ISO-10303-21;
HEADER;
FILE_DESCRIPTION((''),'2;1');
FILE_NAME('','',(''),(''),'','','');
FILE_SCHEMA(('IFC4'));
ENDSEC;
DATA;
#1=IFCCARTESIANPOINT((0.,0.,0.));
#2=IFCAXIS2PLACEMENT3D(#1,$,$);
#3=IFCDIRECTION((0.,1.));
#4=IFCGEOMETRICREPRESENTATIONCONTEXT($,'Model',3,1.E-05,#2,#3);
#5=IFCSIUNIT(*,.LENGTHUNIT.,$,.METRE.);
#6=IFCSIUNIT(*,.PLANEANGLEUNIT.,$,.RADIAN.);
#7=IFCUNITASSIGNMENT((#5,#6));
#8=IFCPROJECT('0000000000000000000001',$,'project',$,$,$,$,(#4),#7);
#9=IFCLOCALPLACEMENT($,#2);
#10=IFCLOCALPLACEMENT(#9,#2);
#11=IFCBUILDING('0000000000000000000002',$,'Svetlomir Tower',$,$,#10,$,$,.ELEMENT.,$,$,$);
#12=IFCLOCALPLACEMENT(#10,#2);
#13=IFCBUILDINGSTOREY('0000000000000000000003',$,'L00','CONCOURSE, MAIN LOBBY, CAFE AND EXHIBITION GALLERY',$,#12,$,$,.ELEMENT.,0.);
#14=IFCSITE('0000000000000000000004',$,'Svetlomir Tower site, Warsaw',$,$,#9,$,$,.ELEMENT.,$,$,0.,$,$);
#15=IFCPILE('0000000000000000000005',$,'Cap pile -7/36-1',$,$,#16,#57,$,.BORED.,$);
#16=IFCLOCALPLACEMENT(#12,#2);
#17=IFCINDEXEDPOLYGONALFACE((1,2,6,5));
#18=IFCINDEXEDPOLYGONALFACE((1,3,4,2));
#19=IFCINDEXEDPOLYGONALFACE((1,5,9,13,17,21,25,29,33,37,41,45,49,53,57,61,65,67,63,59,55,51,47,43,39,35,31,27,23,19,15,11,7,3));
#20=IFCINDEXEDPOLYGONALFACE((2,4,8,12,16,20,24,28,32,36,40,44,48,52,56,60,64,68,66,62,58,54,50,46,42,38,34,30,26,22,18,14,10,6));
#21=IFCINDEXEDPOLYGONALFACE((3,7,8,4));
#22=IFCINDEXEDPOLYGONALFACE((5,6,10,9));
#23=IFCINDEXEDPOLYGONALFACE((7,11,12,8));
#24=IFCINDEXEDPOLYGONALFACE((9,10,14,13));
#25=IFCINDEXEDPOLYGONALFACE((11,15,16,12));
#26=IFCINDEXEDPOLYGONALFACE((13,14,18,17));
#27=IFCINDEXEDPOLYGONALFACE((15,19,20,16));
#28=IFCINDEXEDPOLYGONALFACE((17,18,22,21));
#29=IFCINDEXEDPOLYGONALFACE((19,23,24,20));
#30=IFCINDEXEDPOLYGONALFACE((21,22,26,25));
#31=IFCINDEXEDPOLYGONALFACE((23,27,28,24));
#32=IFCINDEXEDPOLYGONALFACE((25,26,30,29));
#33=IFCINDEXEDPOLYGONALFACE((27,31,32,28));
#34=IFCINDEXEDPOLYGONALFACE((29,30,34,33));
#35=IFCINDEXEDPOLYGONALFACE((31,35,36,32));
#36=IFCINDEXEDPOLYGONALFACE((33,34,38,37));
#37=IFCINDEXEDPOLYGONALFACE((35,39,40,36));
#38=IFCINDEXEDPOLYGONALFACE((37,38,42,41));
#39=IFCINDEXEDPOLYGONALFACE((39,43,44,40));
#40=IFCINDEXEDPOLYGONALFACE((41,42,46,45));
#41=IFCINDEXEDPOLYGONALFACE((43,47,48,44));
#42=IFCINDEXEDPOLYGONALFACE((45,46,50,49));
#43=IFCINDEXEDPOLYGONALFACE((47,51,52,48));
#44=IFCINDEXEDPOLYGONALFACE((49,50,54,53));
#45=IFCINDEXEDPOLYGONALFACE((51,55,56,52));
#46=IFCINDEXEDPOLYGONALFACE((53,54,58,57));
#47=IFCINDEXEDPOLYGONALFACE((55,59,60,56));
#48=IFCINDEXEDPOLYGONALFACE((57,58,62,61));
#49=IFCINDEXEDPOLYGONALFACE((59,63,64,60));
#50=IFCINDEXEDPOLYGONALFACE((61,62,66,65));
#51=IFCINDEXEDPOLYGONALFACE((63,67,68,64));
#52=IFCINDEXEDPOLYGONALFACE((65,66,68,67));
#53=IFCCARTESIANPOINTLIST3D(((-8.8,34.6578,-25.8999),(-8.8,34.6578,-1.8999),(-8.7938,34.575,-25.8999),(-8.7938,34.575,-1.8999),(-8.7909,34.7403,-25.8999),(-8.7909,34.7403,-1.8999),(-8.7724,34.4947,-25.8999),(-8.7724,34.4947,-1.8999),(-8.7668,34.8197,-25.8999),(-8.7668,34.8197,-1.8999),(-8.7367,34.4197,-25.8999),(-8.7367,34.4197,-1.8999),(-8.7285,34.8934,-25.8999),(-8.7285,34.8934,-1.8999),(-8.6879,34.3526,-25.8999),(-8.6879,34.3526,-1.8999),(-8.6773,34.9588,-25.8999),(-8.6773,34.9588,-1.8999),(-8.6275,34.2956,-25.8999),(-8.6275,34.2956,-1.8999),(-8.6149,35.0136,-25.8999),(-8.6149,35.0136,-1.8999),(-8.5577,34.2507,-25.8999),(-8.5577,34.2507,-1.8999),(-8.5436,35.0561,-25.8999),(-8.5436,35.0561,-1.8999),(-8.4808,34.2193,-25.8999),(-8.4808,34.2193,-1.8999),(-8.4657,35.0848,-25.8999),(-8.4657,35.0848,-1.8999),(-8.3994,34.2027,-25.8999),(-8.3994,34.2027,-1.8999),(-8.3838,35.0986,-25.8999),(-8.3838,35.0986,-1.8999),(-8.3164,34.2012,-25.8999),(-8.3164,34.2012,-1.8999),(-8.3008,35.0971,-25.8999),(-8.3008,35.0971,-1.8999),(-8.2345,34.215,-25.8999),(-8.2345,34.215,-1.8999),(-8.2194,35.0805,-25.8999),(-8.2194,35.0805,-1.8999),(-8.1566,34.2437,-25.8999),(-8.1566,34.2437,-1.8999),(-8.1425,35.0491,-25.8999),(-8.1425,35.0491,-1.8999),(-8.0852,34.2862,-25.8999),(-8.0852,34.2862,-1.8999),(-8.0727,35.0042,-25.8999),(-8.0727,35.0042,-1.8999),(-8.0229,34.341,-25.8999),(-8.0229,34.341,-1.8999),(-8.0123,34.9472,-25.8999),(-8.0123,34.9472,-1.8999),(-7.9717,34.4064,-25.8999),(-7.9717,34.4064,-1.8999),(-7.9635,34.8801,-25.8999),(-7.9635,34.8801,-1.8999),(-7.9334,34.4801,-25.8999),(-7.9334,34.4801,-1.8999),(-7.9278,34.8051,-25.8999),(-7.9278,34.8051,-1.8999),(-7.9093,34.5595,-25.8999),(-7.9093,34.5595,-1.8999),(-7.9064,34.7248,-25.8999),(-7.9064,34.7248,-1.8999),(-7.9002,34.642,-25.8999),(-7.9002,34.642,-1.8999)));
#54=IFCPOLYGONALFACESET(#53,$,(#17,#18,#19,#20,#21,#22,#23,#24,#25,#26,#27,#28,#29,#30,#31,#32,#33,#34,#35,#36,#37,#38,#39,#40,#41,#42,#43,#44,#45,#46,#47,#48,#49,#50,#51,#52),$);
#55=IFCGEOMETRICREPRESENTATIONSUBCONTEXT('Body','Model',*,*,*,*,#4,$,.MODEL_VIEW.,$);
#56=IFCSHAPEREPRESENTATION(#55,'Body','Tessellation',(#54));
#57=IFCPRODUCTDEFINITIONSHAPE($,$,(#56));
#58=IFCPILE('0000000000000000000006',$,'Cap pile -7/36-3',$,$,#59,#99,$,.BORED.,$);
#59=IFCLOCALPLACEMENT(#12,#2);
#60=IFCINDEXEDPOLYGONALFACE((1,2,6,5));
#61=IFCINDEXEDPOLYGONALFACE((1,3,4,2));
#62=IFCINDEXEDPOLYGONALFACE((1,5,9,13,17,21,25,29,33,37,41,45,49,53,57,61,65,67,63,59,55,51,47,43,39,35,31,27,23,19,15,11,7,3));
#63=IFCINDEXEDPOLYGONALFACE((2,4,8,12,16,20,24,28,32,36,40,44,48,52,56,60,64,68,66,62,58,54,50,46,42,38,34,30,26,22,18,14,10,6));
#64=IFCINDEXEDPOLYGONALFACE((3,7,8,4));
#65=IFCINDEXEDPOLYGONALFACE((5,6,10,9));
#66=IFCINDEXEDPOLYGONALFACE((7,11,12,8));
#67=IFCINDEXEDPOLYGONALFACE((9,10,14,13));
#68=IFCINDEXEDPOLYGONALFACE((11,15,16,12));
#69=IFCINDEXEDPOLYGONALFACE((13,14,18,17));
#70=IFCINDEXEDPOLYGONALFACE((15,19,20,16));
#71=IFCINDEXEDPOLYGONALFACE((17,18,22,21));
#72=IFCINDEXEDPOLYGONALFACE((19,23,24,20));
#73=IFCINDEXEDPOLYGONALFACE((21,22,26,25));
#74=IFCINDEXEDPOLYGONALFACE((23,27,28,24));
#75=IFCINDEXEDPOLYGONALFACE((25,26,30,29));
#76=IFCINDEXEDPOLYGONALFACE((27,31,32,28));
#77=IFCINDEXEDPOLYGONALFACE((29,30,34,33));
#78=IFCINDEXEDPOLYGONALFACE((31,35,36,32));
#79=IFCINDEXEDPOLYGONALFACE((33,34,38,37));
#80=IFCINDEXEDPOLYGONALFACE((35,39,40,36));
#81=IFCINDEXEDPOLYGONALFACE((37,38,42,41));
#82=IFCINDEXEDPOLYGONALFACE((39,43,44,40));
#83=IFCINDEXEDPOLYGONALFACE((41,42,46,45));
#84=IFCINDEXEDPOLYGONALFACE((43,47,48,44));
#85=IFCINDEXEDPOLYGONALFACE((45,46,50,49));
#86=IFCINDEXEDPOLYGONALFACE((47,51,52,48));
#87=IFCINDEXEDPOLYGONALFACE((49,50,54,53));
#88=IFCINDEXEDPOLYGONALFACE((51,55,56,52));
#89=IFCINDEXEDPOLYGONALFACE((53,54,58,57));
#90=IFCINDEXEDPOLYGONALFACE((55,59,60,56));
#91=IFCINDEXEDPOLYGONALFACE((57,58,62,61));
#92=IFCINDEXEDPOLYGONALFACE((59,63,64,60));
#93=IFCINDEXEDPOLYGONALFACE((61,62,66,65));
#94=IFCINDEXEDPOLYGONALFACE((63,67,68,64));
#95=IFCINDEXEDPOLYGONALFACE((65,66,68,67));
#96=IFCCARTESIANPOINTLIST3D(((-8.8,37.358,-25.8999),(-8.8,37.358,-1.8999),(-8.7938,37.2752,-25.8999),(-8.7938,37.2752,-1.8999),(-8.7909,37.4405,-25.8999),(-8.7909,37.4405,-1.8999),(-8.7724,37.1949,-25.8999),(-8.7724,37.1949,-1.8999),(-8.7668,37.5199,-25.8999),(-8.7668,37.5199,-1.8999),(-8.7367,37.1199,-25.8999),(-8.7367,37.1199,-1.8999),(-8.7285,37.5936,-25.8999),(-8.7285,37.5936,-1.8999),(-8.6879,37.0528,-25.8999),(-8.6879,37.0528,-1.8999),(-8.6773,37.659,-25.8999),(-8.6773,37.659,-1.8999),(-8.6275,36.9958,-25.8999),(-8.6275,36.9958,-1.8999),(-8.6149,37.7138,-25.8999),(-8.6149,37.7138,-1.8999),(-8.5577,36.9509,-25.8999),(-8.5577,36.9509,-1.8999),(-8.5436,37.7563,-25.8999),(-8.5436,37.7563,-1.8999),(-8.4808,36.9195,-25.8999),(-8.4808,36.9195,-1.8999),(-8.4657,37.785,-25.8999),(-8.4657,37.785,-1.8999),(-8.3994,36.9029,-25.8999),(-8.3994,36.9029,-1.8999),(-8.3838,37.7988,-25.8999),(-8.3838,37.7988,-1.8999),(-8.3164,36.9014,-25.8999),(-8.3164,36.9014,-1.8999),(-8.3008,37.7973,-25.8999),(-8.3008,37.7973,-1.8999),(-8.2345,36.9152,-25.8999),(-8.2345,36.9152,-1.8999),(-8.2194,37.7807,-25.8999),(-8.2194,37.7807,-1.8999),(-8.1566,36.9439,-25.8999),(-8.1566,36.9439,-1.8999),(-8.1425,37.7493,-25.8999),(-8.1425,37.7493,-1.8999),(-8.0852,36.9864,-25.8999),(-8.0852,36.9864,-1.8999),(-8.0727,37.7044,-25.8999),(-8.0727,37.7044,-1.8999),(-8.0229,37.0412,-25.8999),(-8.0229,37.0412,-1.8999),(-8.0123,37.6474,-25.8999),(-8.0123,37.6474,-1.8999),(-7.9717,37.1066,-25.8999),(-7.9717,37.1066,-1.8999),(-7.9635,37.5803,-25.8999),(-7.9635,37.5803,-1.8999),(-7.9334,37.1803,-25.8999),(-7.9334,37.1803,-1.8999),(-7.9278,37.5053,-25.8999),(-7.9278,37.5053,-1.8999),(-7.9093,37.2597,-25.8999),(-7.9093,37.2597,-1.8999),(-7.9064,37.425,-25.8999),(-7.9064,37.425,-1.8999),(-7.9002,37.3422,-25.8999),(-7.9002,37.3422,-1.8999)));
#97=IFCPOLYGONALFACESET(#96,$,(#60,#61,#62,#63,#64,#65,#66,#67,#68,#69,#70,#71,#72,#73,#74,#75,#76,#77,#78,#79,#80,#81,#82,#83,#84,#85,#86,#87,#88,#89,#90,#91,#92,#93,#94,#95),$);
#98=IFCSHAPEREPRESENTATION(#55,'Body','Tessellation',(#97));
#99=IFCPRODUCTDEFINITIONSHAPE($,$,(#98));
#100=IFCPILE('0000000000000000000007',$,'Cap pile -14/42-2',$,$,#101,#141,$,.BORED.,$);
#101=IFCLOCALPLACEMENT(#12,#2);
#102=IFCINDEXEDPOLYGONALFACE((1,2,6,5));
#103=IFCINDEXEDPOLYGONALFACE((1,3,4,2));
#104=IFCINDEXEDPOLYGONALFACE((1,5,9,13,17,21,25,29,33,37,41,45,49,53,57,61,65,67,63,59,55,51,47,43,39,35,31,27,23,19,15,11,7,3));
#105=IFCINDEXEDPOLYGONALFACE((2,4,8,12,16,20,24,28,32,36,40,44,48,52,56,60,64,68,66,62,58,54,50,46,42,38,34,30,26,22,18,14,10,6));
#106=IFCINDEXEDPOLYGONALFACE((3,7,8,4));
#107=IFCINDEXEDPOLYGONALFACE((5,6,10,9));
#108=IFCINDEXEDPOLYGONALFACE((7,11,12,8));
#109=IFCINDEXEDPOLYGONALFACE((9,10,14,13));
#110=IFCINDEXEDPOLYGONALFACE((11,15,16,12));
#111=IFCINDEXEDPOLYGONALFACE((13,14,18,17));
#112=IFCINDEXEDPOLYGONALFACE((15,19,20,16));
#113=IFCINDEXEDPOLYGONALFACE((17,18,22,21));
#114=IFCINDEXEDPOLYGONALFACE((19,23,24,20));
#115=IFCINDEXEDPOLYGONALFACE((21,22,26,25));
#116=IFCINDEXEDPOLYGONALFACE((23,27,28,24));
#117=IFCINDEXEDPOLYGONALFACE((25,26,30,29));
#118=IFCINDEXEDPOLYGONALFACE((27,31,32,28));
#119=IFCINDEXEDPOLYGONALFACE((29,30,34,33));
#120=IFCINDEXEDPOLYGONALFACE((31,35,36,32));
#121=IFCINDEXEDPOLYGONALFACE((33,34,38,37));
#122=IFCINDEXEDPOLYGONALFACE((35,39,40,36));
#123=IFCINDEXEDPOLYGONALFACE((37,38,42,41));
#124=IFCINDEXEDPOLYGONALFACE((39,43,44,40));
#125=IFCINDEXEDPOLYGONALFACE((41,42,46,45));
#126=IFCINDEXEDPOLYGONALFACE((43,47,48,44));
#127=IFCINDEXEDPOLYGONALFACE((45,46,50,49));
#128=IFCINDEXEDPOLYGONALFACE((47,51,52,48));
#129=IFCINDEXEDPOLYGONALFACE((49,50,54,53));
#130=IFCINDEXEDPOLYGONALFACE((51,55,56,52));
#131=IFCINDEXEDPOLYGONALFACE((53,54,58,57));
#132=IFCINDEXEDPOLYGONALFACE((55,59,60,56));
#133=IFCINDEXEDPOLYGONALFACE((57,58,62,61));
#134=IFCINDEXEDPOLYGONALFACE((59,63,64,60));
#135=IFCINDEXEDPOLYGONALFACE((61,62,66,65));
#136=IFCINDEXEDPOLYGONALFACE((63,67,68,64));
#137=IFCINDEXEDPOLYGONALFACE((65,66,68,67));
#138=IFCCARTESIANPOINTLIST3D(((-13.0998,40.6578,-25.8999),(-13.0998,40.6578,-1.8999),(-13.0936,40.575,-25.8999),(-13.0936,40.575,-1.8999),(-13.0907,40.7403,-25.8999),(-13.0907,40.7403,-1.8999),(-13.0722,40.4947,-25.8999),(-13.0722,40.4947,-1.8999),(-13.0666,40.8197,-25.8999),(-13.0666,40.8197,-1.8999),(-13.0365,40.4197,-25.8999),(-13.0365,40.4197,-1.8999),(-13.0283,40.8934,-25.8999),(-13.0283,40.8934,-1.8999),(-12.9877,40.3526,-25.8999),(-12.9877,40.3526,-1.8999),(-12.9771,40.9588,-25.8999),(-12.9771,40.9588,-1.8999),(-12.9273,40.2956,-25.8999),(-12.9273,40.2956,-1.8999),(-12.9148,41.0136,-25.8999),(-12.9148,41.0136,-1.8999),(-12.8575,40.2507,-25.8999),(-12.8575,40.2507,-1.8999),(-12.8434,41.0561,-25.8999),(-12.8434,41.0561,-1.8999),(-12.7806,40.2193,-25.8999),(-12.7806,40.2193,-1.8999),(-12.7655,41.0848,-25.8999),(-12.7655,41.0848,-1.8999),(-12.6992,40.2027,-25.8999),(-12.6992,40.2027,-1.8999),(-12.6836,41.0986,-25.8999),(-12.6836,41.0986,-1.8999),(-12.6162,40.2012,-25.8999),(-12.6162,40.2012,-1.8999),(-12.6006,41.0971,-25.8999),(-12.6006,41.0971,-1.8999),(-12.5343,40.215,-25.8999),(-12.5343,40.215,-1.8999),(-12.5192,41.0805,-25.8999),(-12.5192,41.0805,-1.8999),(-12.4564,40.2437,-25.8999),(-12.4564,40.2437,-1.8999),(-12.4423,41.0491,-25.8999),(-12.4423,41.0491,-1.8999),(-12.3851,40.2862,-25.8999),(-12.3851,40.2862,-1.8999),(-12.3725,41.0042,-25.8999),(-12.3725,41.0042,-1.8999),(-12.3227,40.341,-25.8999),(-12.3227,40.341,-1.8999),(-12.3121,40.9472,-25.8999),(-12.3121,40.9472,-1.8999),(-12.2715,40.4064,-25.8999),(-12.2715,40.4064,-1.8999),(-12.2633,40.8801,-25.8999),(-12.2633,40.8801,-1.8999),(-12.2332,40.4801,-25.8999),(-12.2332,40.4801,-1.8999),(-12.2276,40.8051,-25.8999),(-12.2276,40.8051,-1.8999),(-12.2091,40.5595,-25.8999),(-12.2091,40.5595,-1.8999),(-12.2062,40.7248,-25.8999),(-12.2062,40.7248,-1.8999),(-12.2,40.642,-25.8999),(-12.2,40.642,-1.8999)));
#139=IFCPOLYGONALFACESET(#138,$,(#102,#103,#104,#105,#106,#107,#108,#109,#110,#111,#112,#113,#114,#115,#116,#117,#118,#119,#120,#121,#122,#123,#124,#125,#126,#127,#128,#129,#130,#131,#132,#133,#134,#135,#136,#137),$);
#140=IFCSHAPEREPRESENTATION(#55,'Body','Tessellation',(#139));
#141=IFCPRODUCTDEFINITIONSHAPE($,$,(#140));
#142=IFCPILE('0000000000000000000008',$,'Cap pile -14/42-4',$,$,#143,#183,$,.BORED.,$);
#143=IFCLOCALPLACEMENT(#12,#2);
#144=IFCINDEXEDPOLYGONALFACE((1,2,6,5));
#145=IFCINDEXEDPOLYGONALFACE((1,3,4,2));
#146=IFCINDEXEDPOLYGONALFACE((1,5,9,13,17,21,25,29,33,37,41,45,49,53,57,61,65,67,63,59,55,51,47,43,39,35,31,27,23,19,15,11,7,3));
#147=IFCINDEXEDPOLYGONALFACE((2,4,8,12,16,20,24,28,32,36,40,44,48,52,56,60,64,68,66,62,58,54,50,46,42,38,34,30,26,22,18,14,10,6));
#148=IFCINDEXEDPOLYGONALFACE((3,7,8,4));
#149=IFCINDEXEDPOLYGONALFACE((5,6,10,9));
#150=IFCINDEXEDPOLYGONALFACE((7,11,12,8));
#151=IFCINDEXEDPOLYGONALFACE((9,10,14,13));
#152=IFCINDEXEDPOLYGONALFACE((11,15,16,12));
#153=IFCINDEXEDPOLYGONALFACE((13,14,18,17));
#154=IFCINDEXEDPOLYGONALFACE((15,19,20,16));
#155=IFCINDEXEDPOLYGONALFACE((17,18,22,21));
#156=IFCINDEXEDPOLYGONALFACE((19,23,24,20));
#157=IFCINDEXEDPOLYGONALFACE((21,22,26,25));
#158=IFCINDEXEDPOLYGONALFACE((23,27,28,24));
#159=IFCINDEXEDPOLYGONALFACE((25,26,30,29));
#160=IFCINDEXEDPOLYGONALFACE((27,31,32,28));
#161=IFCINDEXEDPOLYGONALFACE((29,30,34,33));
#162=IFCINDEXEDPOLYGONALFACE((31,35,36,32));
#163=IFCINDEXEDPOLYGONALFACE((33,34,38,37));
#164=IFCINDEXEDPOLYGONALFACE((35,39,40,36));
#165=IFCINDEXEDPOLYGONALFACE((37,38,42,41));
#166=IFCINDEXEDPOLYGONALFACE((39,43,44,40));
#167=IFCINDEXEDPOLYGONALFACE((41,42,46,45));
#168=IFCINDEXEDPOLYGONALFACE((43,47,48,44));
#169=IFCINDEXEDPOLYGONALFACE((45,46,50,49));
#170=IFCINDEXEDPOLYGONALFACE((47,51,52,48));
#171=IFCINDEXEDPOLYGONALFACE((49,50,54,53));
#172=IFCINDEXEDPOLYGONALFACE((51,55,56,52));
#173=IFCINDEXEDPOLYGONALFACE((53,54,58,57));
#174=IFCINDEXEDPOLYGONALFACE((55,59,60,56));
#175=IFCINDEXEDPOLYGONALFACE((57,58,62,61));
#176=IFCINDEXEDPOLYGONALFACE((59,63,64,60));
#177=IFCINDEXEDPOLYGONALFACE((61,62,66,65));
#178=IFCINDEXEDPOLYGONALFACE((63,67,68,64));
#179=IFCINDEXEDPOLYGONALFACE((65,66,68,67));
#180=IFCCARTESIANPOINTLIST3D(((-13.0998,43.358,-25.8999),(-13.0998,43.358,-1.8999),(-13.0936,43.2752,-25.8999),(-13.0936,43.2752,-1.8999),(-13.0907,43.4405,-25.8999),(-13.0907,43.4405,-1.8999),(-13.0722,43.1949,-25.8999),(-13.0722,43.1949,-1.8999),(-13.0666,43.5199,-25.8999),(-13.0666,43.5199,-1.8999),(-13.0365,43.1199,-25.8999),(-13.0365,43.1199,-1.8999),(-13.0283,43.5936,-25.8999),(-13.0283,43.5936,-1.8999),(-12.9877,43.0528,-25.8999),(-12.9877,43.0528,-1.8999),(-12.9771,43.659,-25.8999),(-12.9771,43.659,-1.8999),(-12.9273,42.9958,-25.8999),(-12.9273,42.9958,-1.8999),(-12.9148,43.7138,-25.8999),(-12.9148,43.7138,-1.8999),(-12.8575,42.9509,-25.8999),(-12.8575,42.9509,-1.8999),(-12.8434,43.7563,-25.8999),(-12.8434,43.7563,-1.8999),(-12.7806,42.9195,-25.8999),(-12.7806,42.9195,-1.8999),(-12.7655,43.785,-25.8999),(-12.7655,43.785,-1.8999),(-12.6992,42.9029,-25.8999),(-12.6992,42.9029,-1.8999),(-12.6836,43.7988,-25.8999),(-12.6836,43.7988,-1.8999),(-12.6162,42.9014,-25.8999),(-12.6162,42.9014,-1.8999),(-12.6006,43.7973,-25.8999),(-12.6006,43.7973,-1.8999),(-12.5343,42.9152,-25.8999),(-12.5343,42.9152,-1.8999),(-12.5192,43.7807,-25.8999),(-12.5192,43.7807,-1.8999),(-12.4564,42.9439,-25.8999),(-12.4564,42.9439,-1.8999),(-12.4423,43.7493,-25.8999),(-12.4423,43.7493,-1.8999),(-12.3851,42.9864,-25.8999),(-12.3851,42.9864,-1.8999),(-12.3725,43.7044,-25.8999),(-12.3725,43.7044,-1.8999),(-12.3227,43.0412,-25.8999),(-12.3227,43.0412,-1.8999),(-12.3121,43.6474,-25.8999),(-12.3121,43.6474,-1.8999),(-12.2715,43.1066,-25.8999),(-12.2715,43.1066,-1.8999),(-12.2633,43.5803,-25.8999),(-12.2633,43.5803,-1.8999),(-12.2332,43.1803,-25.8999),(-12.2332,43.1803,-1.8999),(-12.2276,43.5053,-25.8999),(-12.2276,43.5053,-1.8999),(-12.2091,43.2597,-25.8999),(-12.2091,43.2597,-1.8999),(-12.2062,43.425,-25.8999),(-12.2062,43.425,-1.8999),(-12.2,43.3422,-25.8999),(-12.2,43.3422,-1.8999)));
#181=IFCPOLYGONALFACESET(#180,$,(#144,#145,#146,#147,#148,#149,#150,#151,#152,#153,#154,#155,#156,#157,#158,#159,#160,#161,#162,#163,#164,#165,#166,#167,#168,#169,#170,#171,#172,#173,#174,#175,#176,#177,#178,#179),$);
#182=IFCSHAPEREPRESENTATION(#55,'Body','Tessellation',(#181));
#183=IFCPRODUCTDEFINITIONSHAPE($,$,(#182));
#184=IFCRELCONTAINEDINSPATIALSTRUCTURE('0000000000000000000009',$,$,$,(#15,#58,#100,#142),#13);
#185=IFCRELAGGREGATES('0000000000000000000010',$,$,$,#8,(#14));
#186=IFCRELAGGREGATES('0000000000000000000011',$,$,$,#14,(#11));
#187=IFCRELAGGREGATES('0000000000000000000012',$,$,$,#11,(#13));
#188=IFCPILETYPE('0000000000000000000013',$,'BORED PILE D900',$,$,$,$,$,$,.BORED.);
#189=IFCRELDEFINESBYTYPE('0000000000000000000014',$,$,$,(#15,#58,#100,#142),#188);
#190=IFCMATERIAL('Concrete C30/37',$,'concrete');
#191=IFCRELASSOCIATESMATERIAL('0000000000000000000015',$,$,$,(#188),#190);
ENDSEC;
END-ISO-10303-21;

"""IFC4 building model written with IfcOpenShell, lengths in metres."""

from ifc_helpers import new_model, si_unit, direction, frame, frame_2d, origin, origin_2d, place, context, subcontext, project, spatial, circle, extrude, material, material_profile, profile_set, type_object, element, save


model = new_model("IFC4")

# Units and contexts
model_context = context("Model", 3, precision=1e-05, world=origin(), true_north=direction((0.0, 1.0)))
body_context = subcontext(model_context, "Body", "Model", "MODEL_VIEW")
ifc_project = project(units=[si_unit("LENGTHUNIT", "METRE"), si_unit("PLANEANGLEUNIT", "RADIAN")], contexts=[model_context])

# Site, building, storey
site_placement = place(None, origin())
site = spatial("IfcSite", under=ifc_project, at=site_placement, Name="Svetlomir Tower site, Warsaw", CompositionType="ELEMENT", RefElevation=0.0)
building_placement = place(site_placement, origin())
building = spatial("IfcBuilding", under=site, at=building_placement, Name="Svetlomir Tower", CompositionType="ELEMENT")
storey_placement = place(building_placement, origin())
storey = spatial("IfcBuildingStorey", under=building, at=storey_placement, Name="L00", Description="CONCOURSE, MAIN LOBBY, CAFE AND EXHIBITION GALLERY", CompositionType="ELEMENT", Elevation=0.0)

# Piles
ifc_material_1 = material(Name="Concrete C30/37", Category="concrete")
ifc_material_profile_1 = material_profile(ifc_material_1, circle(Radius=0.45, at=origin_2d()), Name="RC D900")
ifc_profile_set_1 = profile_set([ifc_material_profile_1], Name="Concrete C30/37")
pile_type = type_object("IfcPileType", Name="BORED PILE D900", PredefinedType="BORED", material=ifc_profile_set_1)
for number, where, z_axis, x_axis, name in (
    (1, (-8.3501, 34.6499, -1.8999), (0.0, 0.0, -1.0), (1.0, 0.0, 0.0), "Cap pile -7/36-1"),
    (2, (-8.3501, 37.3501, -1.8999), (0.0, 0.0, -1.0), (1.0, 0.0, 0.0), "Cap pile -7/36-3"),
    (3, (-12.6499, 40.6499, -1.8999), (0.0, 0.0, -1.0), (1.0, 0.0, 0.0), "Cap pile -14/42-2"),
    (4, (-12.6499, 43.3501, -1.8999), (0.0, 0.0, -1.0), (1.0, 0.0, 0.0), "Cap pile -14/42-4"),
):
    element("IfcPile", number, at=place(storey_placement, frame(where, z_axis=z_axis, x_axis=x_axis)), inside=storey, type_object=pile_type, Name=name, PredefinedType="BORED", context=body_context, shape_type="SweptSolid", body=[
        extrude(circle(Radius=0.45, at=frame_2d((0.0, 0.0), x_axis=(0.999848, 0.017452))), origin(), (0.0, 0.0, 1.0), 24.0),
    ])

save(model, "model.ifc")
